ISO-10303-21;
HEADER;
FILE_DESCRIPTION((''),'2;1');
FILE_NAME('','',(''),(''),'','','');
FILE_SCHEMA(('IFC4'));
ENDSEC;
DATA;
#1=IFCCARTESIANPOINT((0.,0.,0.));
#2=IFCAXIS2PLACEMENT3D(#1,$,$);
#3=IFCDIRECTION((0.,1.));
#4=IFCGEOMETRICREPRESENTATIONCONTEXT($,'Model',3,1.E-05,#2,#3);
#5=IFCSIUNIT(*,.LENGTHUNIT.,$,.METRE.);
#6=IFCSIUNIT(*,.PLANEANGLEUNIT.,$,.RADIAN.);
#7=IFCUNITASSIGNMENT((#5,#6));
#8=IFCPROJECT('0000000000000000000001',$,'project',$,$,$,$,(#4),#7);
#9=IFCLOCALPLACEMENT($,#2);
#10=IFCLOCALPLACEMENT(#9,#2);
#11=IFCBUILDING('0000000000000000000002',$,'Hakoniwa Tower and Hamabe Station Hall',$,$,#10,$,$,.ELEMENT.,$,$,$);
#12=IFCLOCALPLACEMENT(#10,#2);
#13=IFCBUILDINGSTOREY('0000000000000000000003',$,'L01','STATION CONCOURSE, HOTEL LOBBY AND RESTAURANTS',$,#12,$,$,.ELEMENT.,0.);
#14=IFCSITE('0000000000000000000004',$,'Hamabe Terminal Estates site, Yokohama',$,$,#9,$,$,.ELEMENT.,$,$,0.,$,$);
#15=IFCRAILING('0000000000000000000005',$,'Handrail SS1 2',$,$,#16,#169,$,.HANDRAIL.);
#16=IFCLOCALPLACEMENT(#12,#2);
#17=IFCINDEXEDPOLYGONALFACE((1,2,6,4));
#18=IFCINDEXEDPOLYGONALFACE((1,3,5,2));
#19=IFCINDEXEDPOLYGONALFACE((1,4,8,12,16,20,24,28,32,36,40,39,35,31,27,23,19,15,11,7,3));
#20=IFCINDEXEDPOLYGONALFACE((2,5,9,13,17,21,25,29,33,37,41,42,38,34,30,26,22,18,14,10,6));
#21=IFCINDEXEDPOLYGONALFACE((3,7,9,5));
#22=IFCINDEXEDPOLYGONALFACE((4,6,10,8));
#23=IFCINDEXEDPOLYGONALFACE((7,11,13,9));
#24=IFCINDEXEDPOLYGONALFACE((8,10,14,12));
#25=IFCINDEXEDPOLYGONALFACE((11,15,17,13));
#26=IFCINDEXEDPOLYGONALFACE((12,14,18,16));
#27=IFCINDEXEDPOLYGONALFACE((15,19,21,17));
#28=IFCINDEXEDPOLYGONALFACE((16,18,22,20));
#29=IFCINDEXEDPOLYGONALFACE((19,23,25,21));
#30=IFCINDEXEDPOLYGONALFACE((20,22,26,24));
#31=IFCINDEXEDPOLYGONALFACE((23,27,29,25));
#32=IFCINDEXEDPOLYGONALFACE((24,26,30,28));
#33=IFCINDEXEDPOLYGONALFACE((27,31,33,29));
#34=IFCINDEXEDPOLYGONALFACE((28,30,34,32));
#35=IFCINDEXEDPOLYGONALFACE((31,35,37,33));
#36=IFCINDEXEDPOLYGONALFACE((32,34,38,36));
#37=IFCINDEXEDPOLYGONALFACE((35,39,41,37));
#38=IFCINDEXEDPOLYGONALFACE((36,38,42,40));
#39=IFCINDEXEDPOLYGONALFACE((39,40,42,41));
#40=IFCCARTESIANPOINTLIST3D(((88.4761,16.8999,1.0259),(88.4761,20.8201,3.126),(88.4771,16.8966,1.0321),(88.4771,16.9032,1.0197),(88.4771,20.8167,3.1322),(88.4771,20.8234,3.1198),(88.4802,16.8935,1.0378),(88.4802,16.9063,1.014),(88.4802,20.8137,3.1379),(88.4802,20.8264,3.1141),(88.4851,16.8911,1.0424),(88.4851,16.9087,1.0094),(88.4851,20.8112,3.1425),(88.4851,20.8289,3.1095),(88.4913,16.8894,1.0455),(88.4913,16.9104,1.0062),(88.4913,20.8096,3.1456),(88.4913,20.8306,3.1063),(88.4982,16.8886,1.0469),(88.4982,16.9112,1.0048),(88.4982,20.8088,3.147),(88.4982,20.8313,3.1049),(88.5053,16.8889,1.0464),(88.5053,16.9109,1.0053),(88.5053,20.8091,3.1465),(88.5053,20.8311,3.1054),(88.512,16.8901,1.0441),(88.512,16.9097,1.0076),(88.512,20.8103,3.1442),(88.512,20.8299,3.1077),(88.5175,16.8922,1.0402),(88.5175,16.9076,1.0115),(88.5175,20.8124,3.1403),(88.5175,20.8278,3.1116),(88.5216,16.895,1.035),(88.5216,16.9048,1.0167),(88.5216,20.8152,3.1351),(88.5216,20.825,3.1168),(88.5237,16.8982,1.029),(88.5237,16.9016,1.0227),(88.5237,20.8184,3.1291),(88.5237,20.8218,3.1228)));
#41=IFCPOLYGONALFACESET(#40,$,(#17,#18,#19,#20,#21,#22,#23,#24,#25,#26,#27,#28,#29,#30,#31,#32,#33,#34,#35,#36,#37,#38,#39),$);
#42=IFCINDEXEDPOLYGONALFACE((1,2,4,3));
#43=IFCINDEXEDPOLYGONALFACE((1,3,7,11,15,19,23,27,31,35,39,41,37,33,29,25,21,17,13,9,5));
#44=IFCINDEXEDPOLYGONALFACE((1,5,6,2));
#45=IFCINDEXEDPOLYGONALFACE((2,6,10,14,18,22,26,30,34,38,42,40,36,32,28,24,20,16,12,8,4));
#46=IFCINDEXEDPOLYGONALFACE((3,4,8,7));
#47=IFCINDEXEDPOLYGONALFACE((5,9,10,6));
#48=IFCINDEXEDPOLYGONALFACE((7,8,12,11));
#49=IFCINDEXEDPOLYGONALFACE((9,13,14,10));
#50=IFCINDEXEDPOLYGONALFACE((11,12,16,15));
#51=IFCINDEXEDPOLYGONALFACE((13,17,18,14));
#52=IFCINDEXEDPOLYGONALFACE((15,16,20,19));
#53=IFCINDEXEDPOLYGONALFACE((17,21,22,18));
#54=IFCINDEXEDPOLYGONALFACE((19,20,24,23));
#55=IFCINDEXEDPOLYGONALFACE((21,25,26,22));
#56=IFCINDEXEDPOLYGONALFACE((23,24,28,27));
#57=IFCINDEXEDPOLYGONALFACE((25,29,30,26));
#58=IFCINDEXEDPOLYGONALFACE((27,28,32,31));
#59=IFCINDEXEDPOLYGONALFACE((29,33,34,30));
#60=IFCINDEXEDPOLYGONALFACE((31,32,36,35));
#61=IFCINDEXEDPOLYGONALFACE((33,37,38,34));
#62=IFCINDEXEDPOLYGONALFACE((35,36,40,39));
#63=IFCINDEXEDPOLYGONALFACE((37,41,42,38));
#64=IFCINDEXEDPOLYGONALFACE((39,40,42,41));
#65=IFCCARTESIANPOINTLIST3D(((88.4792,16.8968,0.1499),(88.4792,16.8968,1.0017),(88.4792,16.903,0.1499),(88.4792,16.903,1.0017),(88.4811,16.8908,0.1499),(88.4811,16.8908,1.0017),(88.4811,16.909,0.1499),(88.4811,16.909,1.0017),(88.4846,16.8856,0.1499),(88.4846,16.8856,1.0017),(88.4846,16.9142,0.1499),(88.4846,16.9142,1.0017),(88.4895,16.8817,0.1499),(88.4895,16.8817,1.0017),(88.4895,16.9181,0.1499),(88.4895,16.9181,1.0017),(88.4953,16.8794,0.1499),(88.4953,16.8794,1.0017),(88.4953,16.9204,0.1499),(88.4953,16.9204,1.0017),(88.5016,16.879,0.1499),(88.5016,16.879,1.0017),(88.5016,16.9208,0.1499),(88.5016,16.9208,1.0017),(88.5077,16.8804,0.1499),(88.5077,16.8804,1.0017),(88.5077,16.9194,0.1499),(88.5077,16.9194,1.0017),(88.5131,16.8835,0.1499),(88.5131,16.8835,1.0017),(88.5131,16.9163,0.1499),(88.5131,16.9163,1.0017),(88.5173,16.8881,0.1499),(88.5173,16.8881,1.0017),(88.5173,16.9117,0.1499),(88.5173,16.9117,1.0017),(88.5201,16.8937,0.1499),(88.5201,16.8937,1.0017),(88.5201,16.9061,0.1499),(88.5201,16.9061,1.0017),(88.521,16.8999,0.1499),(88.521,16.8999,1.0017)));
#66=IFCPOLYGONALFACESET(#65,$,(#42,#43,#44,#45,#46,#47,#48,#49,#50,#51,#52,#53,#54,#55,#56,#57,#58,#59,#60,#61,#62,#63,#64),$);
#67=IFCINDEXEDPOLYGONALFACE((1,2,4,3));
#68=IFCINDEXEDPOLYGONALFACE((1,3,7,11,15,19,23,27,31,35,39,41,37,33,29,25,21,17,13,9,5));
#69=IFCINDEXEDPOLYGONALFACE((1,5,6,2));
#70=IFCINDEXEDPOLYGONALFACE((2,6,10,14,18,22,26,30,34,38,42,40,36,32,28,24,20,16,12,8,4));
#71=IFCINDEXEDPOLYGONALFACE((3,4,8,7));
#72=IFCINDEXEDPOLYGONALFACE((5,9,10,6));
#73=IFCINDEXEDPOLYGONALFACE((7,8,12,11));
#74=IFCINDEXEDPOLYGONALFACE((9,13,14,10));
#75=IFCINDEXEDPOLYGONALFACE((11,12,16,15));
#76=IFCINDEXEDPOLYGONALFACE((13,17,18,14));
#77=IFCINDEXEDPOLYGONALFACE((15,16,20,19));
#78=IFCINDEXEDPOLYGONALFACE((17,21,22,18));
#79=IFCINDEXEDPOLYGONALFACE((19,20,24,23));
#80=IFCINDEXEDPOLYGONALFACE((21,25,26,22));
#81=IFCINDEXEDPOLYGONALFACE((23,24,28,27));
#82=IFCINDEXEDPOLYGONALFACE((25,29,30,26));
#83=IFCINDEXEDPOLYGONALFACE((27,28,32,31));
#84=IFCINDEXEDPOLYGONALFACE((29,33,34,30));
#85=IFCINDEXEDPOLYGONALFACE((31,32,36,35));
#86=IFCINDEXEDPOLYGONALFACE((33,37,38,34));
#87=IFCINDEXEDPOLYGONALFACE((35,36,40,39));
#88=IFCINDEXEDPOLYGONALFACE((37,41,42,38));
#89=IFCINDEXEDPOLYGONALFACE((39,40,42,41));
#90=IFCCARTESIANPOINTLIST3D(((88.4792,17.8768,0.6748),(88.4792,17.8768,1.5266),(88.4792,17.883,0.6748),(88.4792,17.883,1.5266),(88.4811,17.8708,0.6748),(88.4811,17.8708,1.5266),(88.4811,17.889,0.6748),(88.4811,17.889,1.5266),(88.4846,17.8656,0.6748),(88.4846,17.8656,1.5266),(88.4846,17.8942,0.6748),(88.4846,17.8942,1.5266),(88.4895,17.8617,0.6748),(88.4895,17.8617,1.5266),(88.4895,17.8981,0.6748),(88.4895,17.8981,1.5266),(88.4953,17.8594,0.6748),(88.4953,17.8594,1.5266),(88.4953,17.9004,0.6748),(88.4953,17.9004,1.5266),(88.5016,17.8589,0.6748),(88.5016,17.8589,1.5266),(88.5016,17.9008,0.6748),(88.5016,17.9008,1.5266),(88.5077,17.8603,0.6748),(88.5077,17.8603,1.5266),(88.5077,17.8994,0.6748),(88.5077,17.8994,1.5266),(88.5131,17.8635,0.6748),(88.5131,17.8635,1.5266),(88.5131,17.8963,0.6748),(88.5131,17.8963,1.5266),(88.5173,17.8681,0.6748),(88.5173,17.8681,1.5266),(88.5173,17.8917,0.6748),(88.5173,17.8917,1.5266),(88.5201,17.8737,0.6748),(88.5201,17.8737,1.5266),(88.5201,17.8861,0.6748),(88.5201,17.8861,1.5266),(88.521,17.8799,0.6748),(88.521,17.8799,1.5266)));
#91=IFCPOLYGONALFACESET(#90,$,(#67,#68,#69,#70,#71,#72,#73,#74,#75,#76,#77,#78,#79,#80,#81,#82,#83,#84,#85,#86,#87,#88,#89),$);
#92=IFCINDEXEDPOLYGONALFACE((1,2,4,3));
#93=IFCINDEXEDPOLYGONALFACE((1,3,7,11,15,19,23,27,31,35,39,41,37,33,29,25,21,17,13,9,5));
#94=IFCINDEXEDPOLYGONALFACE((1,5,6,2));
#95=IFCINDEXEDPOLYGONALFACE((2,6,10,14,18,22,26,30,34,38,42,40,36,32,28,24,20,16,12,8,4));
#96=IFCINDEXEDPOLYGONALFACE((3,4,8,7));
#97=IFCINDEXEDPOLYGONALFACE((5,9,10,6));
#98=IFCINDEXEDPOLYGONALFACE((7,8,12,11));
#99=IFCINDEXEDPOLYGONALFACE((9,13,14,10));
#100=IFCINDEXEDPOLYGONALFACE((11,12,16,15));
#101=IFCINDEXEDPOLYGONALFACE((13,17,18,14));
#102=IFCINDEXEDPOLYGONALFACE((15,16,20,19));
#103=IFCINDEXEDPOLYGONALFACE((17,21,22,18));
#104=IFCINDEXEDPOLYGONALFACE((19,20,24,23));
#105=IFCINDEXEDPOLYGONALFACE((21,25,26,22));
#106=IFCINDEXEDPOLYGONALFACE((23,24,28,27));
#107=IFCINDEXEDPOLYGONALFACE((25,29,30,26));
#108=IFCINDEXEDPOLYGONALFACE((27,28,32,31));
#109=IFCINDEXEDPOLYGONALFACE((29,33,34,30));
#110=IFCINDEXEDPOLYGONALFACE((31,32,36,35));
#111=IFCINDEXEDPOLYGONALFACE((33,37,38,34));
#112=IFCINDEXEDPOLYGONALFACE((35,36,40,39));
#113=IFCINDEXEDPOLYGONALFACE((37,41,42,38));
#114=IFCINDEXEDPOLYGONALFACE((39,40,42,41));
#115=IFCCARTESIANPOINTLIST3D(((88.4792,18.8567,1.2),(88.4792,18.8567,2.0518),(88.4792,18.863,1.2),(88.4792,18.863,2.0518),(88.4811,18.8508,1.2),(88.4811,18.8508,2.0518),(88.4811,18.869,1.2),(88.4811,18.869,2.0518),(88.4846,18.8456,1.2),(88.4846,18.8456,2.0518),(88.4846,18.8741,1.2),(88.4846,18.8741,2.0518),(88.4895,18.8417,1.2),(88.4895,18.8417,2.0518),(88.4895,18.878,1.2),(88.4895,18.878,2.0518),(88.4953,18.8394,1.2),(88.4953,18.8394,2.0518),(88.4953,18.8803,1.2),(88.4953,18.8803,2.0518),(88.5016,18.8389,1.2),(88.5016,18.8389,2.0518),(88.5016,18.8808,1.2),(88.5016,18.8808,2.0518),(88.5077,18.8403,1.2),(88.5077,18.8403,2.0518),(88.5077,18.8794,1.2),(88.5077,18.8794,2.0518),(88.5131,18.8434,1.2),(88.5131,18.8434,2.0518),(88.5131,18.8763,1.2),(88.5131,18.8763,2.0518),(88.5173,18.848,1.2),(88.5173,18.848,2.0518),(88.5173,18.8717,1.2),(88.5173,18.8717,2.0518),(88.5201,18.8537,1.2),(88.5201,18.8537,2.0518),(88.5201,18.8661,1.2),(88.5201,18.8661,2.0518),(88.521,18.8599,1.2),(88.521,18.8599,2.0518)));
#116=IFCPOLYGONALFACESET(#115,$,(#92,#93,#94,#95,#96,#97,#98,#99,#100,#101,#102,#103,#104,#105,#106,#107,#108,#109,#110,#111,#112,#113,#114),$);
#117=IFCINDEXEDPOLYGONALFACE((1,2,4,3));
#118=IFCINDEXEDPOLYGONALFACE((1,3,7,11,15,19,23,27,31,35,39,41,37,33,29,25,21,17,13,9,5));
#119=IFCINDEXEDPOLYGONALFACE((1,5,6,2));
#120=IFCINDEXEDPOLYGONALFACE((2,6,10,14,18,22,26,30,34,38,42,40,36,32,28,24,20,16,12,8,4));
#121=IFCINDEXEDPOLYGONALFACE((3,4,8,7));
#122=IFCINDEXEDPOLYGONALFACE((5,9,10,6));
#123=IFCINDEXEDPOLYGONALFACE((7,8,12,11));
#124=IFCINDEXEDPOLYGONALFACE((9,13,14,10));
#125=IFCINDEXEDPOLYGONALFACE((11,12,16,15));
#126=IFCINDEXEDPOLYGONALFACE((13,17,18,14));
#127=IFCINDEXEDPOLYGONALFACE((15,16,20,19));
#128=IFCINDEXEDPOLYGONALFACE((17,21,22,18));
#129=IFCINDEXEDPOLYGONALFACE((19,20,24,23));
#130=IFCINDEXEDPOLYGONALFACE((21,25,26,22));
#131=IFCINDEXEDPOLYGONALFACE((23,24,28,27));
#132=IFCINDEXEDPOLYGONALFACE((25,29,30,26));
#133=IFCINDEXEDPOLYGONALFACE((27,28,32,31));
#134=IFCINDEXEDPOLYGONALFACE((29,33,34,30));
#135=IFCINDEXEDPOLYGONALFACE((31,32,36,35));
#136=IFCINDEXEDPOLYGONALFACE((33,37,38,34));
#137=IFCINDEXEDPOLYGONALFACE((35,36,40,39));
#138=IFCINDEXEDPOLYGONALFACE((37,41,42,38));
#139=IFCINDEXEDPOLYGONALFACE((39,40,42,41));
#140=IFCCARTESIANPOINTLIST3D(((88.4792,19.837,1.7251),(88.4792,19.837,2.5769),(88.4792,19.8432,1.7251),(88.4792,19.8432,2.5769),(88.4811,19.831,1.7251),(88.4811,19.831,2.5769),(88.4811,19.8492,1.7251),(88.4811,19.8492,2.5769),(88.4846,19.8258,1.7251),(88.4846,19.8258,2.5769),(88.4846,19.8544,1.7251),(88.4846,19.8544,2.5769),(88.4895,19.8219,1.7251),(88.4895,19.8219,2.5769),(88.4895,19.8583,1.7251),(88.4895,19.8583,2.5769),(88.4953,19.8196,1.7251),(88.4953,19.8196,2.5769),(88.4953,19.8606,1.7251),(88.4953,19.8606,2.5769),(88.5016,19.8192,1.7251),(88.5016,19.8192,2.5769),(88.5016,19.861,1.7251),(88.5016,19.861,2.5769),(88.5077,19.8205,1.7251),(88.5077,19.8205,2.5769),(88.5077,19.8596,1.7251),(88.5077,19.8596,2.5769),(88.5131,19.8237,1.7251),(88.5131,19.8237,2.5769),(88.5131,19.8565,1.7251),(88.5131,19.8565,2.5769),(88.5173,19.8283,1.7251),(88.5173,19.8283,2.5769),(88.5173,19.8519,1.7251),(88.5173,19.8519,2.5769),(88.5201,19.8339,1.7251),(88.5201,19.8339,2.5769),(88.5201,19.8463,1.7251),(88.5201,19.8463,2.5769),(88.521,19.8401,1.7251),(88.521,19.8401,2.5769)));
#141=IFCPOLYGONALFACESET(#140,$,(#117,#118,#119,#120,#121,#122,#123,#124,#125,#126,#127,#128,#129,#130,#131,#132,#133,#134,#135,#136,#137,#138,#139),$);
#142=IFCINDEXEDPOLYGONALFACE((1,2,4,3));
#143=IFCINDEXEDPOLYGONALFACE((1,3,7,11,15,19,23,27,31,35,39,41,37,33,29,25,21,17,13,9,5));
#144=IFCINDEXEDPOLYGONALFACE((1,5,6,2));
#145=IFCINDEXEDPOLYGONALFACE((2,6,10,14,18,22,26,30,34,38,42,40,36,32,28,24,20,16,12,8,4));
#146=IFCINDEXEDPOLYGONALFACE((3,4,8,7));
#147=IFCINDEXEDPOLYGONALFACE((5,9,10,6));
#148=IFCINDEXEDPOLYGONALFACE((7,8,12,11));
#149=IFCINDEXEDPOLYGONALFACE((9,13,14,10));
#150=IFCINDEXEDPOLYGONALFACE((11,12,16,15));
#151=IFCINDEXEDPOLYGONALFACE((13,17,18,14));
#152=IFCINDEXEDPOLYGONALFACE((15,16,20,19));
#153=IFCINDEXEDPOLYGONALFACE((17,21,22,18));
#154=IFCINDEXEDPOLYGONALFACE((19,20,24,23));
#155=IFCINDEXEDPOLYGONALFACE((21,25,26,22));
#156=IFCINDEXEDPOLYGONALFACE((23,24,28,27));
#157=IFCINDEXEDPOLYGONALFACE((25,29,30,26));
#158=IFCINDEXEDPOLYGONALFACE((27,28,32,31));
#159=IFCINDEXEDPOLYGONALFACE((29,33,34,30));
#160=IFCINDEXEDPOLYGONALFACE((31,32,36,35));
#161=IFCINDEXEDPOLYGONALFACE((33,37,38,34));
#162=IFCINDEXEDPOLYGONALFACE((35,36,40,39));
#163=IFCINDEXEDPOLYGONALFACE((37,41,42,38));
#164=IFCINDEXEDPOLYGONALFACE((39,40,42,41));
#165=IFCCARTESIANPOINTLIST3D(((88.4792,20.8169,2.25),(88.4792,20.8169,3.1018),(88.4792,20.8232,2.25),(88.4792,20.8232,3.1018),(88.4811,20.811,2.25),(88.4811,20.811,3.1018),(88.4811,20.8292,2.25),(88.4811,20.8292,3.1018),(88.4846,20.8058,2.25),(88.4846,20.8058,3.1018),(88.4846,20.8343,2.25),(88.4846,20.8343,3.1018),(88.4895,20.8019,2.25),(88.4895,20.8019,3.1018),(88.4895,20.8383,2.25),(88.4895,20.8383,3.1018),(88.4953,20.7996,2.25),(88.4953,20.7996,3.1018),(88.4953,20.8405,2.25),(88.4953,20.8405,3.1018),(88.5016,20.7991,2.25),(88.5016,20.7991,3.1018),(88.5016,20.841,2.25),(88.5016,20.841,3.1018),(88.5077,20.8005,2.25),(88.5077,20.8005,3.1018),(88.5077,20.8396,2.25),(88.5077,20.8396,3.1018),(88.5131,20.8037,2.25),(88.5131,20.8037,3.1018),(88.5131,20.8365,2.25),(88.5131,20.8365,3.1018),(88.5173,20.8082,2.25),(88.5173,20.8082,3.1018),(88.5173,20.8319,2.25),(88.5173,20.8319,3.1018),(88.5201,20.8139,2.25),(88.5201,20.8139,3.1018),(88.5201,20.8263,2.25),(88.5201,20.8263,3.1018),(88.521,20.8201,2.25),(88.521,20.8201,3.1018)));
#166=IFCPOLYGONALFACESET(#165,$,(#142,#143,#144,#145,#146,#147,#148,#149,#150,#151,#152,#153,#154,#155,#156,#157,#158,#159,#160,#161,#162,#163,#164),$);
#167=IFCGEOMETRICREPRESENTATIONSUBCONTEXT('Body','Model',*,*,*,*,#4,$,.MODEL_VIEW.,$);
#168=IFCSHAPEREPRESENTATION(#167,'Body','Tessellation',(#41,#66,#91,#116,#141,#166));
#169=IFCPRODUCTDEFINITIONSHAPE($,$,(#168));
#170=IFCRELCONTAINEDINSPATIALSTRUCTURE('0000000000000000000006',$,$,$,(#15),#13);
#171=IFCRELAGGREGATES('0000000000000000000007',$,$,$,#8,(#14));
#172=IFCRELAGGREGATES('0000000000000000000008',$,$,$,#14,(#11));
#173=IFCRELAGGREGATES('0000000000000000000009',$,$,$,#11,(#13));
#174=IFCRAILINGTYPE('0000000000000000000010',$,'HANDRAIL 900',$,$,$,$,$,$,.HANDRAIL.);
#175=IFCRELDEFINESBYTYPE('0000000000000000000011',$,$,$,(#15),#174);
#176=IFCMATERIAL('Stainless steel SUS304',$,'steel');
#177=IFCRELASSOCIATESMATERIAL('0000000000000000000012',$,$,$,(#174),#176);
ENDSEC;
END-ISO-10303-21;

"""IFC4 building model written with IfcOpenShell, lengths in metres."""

from ifc_helpers import new_model, si_unit, direction, frame, origin, origin_2d, place, context, subcontext, project, spatial, circle, extrude, material, type_object, element, save


model = new_model("IFC4")

# Units and contexts
model_context = context("Model", 3, precision=1e-05, world=origin(), true_north=direction((0.0, 1.0)))
body_context = subcontext(model_context, "Body", "Model", "MODEL_VIEW")
ifc_project = project(units=[si_unit("LENGTHUNIT", "METRE"), si_unit("PLANEANGLEUNIT", "RADIAN")], contexts=[model_context])

# Site, building, storey
site_placement = place(None, origin())
site = spatial("IfcSite", under=ifc_project, at=site_placement, Name="Hamabe Terminal Estates site, Yokohama", CompositionType="ELEMENT", RefElevation=0.0)
building_placement = place(site_placement, origin())
building = spatial("IfcBuilding", under=site, at=building_placement, Name="Hakoniwa Tower and Hamabe Station Hall", CompositionType="ELEMENT")
storey_placement = place(building_placement, origin())
storey = spatial("IfcBuildingStorey", under=building, at=storey_placement, Name="L01", Description="STATION CONCOURSE, HOTEL LOBBY AND RESTAURANTS", CompositionType="ELEMENT", Elevation=0.0)

# Railing
ifc_material_1 = material(Name="Stainless steel SUS304", Category="steel")
railing_type = type_object("IfcRailingType", Name="HANDRAIL 900", PredefinedType="HANDRAIL", material=ifc_material_1)
for number, where, name in (
    (1, (88.5, 16.8999, 0.1499), "Handrail SS1 2"),
):
    element("IfcRailing", number, at=place(storey_placement, frame(where)), inside=storey, type_object=railing_type, Name=name, PredefinedType="HANDRAIL", context=body_context, shape_type="SweptSolid", body=[
        extrude(circle(Radius=0.0239, at=origin_2d()), frame((0.0, 0.0, 0.876), z_axis=(0.0, 0.881479, 0.472223), x_axis=(-1.0, 0.0, 0.0)), (0.0, 0.0, 1.0), 4.4473),
        extrude(circle(Radius=0.021, at=origin_2d()), origin(), (0.0, 0.0, 1.0), 0.8518),
        extrude(circle(Radius=0.021, at=origin_2d()), frame((0.0, 0.98, 0.5249)), (0.0, 0.0, 1.0), 0.8518),
        extrude(circle(Radius=0.021, at=origin_2d()), frame((0.0, 1.96, 1.05)), (0.0, 0.0, 1.0), 0.8518),
        extrude(circle(Radius=0.021, at=origin_2d()), frame((0.0, 2.9402, 1.5752)), (0.0, 0.0, 1.0), 0.8518),
        extrude(circle(Radius=0.021, at=origin_2d()), frame((0.0, 3.9202, 2.1001)), (0.0, 0.0, 1.0), 0.8518),
    ])

save(model, "model.ifc")
